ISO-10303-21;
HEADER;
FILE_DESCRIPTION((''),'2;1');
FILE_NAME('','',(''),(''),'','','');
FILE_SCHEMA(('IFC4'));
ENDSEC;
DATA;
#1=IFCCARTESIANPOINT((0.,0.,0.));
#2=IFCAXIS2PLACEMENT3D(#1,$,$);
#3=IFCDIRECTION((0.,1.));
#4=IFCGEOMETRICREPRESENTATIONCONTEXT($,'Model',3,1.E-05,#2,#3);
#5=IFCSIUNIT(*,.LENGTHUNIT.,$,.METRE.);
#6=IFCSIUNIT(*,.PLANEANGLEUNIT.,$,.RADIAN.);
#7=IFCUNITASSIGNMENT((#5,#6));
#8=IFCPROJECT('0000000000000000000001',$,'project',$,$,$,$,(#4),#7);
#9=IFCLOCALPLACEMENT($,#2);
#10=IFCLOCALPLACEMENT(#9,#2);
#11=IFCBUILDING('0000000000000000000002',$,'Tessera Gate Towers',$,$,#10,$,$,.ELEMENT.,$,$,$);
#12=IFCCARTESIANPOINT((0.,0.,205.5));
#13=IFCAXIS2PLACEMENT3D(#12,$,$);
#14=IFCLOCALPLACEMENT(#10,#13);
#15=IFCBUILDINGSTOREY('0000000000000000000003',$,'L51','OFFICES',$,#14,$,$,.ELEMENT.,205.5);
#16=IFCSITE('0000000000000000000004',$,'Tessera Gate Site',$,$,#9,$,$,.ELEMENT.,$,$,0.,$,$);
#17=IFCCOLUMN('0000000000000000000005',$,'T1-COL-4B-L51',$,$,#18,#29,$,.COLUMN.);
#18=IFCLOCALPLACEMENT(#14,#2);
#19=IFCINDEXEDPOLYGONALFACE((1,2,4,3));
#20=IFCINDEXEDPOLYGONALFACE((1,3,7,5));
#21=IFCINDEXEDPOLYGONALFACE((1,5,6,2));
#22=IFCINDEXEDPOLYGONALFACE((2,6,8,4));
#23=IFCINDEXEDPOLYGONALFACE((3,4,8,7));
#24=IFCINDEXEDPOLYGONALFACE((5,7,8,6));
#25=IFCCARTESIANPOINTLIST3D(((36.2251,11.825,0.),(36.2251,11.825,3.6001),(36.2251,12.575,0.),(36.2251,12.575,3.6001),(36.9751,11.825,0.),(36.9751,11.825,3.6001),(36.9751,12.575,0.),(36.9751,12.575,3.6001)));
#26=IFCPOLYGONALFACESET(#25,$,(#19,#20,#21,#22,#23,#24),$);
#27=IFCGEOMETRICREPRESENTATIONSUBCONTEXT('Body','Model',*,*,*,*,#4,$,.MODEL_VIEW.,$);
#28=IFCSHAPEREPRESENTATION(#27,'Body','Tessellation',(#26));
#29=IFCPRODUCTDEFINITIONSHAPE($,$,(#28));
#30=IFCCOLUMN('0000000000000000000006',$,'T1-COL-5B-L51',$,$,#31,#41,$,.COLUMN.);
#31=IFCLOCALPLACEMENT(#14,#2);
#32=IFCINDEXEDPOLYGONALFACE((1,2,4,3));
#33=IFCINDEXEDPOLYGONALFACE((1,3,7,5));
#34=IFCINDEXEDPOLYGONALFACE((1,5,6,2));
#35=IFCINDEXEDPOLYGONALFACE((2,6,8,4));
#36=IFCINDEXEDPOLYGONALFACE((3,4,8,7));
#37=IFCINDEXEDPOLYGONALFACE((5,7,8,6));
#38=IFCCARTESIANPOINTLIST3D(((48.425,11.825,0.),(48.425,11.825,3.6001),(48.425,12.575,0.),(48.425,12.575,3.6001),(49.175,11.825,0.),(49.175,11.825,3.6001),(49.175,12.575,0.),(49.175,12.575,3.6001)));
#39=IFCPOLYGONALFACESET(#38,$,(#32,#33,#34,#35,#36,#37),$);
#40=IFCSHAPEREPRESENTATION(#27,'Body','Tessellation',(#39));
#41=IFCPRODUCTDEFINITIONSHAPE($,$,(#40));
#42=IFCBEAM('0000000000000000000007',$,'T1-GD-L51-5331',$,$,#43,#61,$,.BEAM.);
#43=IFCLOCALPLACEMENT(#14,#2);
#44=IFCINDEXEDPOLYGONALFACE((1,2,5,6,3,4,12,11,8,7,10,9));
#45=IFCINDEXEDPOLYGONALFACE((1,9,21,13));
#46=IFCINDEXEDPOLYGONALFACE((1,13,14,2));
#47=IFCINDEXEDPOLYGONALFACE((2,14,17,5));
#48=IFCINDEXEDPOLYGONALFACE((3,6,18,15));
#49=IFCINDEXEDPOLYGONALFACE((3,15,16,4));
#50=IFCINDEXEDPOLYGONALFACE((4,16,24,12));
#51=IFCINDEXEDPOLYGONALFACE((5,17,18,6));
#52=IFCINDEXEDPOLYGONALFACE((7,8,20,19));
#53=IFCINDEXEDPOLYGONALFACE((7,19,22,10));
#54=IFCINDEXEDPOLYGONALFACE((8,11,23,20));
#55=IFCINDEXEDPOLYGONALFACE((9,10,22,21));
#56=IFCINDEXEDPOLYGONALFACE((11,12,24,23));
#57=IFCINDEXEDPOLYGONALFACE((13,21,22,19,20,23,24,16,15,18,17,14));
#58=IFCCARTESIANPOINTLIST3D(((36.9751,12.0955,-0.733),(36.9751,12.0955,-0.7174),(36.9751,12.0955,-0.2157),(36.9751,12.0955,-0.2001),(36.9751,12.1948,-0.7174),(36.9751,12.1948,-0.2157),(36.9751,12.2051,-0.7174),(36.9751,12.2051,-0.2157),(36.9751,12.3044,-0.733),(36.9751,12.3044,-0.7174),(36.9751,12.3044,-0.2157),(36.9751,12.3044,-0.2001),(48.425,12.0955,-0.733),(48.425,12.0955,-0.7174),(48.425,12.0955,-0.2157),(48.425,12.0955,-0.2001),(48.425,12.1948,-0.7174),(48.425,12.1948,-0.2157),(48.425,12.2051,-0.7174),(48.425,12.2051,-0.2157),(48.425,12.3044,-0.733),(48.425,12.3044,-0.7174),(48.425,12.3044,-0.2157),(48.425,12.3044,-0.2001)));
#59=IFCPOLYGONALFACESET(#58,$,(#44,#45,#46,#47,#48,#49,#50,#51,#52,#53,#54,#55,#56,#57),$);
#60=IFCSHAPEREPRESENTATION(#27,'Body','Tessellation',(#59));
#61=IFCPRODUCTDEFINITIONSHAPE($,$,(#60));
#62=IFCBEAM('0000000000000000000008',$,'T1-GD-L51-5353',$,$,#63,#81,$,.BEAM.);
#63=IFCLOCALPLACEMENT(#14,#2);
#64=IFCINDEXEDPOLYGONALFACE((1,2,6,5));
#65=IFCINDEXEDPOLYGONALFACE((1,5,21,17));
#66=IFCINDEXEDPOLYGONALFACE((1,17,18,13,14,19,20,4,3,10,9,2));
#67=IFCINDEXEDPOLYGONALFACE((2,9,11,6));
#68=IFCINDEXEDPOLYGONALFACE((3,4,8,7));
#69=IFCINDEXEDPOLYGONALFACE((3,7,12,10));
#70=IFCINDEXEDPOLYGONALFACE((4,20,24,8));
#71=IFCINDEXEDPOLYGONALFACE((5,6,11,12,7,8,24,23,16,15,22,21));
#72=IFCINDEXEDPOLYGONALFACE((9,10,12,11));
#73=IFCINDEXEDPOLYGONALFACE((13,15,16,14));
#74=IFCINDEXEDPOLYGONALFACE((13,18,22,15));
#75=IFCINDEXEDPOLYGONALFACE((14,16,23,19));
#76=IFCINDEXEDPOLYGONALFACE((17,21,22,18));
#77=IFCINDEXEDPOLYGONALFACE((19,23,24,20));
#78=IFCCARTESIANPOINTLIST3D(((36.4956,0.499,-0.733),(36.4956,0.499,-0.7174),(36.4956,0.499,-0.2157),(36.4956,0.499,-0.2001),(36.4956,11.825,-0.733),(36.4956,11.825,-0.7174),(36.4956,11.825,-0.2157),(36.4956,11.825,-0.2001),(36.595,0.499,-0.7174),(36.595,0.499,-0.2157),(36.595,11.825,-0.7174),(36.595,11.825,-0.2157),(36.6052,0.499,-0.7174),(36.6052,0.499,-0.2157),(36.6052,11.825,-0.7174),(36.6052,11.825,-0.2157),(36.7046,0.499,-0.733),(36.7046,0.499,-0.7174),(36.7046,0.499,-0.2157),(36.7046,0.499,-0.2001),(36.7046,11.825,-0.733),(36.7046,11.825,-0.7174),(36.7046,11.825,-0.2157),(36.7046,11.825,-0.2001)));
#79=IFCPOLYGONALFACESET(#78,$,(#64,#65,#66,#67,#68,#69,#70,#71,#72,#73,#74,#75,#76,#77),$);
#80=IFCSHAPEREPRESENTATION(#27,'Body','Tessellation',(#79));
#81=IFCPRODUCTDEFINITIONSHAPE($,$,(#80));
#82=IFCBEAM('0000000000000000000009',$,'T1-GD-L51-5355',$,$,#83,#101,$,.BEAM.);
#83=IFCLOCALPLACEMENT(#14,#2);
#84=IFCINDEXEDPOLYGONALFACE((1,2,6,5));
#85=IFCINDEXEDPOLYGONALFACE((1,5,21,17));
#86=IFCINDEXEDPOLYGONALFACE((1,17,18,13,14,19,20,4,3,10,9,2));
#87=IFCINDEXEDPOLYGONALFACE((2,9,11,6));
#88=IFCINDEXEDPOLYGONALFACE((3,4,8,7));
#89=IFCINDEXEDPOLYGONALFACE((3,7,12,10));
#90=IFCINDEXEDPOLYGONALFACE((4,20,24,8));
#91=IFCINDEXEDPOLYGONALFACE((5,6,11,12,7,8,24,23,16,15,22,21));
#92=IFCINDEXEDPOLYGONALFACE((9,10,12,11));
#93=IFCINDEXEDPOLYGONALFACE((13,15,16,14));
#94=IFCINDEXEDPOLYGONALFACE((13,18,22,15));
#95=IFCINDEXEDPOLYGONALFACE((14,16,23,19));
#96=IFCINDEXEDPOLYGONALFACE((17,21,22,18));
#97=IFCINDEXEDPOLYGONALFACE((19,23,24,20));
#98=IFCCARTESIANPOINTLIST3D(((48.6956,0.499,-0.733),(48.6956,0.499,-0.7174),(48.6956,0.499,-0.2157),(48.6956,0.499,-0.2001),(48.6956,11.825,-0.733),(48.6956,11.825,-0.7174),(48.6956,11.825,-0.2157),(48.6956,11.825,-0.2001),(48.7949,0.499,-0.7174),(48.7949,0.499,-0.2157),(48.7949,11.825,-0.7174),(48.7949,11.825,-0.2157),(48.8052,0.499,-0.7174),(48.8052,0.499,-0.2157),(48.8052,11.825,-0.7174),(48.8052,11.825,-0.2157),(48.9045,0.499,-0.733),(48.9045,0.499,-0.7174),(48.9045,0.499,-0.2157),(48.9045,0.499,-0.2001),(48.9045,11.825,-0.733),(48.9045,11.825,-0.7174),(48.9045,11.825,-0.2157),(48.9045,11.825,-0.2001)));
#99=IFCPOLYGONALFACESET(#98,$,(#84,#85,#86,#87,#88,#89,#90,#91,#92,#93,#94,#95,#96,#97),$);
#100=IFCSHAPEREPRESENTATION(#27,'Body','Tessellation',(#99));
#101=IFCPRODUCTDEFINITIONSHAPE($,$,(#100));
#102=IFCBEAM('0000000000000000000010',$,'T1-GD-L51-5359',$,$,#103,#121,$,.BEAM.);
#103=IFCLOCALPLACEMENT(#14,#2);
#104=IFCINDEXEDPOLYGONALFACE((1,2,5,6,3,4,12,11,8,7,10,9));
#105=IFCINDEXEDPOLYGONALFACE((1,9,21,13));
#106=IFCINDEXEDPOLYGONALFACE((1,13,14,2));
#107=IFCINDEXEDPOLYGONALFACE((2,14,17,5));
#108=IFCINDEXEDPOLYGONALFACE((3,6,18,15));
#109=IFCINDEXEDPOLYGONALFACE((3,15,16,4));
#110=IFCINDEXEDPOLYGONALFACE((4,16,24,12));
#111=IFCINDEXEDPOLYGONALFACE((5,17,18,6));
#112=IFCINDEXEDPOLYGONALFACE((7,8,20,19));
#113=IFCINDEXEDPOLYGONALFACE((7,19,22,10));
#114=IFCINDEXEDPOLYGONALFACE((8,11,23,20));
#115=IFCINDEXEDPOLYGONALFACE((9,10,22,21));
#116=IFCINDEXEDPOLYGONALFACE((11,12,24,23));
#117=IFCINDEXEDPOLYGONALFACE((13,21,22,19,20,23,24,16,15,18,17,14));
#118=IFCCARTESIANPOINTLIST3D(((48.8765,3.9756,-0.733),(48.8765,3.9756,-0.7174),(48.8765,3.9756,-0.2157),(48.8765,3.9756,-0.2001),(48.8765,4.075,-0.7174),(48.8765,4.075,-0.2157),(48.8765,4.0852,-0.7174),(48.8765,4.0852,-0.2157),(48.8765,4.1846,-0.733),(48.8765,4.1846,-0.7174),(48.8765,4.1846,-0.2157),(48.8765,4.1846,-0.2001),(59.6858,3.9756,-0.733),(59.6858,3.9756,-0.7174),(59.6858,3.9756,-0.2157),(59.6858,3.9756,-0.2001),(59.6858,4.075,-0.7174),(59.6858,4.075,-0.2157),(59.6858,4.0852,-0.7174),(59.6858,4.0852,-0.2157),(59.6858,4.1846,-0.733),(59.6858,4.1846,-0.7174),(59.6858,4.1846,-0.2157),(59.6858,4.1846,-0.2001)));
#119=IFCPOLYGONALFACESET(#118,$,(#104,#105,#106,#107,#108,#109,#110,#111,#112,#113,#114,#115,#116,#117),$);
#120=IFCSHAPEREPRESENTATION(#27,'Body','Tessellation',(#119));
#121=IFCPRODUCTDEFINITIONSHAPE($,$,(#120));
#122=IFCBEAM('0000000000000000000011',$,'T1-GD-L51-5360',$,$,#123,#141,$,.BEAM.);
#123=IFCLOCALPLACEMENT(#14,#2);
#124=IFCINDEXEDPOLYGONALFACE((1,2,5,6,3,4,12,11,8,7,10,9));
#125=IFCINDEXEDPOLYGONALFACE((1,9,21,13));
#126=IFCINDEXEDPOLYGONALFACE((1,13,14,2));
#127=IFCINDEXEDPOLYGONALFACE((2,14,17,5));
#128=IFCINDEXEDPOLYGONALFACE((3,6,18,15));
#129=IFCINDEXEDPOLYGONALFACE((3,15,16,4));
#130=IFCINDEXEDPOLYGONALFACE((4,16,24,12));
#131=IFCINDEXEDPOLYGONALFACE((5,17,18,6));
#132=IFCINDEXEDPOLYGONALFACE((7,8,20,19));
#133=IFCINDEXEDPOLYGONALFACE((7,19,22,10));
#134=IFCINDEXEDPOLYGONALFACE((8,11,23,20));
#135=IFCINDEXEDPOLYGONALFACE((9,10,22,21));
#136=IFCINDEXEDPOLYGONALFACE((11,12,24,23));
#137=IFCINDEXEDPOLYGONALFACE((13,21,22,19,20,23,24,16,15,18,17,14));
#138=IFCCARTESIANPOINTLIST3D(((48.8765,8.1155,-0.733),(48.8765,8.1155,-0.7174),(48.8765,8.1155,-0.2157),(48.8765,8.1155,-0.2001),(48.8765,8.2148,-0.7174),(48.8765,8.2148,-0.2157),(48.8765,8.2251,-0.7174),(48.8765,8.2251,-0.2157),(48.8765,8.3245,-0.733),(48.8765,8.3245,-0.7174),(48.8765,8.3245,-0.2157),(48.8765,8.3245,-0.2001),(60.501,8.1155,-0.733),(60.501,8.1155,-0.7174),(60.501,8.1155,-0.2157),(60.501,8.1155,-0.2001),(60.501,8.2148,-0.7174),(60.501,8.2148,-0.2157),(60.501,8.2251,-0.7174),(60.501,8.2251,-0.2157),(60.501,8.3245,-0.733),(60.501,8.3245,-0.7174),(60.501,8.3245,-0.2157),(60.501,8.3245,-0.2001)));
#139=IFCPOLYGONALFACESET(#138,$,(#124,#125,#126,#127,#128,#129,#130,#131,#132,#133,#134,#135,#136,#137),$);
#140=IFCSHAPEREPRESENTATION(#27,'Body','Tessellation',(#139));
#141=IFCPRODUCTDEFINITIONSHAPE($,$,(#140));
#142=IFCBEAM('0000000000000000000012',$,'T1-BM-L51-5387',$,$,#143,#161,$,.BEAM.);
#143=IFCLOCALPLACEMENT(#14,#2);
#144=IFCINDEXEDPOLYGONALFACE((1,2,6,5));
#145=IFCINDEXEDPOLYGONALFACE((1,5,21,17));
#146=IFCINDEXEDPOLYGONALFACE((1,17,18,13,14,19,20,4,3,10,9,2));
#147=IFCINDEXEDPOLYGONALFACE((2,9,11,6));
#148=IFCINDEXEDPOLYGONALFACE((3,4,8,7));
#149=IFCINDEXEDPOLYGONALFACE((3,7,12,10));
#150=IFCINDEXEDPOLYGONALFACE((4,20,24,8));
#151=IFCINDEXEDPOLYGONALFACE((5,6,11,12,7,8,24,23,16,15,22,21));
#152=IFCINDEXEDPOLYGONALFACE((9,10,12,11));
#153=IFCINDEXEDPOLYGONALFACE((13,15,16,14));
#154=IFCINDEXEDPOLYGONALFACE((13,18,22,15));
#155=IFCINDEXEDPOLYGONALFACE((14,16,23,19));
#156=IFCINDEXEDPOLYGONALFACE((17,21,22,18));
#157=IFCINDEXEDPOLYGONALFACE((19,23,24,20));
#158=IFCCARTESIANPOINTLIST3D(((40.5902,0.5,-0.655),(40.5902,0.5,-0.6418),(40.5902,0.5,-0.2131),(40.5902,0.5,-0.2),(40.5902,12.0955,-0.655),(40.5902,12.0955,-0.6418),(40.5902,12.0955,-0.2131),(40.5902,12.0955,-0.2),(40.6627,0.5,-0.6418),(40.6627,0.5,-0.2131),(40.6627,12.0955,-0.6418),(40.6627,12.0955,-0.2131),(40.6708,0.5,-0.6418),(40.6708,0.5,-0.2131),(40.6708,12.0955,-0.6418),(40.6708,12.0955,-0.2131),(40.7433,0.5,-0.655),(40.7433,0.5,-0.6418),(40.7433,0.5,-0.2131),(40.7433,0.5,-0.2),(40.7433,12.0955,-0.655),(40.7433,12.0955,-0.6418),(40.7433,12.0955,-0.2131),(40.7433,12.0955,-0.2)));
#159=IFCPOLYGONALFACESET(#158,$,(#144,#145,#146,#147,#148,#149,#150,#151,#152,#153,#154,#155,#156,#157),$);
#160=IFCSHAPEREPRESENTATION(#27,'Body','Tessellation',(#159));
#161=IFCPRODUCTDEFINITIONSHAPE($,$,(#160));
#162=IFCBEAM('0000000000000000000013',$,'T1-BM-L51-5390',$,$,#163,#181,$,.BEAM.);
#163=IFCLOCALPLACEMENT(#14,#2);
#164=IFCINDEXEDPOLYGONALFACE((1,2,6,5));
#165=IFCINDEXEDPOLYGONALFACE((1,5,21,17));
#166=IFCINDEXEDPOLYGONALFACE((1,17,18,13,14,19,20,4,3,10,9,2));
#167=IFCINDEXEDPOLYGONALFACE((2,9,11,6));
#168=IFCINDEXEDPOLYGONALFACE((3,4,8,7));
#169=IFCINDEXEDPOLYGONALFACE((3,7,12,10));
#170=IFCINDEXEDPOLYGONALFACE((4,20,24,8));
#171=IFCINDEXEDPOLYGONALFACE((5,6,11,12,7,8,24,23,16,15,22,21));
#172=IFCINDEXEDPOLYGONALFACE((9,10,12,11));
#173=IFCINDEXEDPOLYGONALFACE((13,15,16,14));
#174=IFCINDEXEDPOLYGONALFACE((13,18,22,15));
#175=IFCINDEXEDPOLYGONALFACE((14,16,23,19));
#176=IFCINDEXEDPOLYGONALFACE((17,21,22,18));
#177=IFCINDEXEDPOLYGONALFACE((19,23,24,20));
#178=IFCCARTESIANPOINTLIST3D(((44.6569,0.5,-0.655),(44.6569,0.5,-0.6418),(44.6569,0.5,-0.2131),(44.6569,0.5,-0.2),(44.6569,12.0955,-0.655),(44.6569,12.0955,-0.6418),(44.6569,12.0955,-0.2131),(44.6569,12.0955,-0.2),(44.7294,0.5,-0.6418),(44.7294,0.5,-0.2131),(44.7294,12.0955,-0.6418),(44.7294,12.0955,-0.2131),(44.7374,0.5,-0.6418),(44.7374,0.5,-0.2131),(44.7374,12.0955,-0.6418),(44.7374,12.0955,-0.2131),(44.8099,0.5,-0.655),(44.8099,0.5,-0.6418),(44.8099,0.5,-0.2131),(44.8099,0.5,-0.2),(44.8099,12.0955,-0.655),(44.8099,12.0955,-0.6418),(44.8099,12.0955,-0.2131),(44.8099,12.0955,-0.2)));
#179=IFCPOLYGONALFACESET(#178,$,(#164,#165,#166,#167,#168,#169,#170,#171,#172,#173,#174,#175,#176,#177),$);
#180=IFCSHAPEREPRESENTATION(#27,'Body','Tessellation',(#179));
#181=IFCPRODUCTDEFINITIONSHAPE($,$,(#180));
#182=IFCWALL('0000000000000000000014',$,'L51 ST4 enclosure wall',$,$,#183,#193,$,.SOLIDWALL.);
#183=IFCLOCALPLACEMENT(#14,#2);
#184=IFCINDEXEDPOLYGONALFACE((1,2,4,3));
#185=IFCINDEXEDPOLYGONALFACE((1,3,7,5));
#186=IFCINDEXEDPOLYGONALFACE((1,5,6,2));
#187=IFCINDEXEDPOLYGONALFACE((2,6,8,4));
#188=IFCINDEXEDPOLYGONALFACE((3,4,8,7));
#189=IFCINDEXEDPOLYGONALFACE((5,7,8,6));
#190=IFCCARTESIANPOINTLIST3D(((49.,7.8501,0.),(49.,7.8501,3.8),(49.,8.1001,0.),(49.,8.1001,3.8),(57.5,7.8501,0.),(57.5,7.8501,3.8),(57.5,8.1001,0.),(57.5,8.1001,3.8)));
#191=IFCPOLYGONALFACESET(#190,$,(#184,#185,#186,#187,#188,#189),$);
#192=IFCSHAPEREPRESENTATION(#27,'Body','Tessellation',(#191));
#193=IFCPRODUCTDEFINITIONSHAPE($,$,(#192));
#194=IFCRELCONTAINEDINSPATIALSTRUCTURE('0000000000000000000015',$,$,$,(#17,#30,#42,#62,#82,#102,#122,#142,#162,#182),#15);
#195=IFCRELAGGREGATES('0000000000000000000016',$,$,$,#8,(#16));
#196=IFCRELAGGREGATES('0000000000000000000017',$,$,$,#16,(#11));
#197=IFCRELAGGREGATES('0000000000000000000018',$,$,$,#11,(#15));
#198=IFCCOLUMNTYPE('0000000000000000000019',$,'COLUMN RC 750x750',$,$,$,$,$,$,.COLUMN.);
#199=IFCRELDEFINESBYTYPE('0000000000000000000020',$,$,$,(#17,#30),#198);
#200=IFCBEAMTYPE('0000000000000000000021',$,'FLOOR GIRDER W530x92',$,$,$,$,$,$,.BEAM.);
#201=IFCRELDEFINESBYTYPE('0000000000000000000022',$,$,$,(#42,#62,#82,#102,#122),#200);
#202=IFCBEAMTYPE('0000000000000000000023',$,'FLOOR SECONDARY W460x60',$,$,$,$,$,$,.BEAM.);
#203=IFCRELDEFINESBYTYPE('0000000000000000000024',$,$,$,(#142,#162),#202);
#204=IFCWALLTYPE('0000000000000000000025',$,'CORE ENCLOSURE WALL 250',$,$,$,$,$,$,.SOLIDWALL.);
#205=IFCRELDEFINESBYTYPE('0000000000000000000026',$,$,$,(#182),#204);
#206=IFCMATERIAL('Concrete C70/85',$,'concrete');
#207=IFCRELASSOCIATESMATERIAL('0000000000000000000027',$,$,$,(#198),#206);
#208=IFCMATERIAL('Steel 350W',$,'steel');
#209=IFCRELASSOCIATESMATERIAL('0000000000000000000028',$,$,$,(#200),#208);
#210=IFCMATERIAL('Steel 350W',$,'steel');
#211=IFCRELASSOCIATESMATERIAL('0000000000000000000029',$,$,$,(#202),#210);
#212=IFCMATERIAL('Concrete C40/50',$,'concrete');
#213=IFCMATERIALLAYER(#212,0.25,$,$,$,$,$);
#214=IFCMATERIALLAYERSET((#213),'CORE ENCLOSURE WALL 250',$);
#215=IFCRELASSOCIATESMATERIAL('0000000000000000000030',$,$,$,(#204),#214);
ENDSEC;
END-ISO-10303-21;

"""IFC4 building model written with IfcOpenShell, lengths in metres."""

from ifc_helpers import new_model, si_unit, direction, frame, frame_2d, origin, origin_2d, place, context, subcontext, project, spatial, rectangle, i_section, extrude, material, layer, layer_set, material_profile, profile_set, type_object, element, save


model = new_model("IFC4")

# Units and contexts
model_context = context("Model", 3, precision=1e-05, world=origin(), true_north=direction((0.0, 1.0)))
body_context = subcontext(model_context, "Body", "Model", "MODEL_VIEW")
ifc_project = project(units=[si_unit("LENGTHUNIT", "METRE"), si_unit("PLANEANGLEUNIT", "RADIAN")], contexts=[model_context])

# Site, building, storey
site_placement = place(None, origin())
site = spatial("IfcSite", under=ifc_project, at=site_placement, Name="Tessera Gate Site", CompositionType="ELEMENT", RefElevation=0.0)
building_placement = place(site_placement, origin())
building = spatial("IfcBuilding", under=site, at=building_placement, Name="Tessera Gate Towers", CompositionType="ELEMENT")
storey_placement = place(building_placement, frame((0.0, 0.0, 205.5)))
storey = spatial("IfcBuildingStorey", under=building, at=storey_placement, Name="L51", Description="OFFICES", CompositionType="ELEMENT", Elevation=205.5)

# Columns
ifc_material_1 = material(Name="Concrete C70/85", Category="concrete")
ifc_material_profile_1 = material_profile(ifc_material_1, rectangle(XDim=0.75, YDim=0.75, at=origin_2d()), Name="RC 750x750")
ifc_profile_set_1 = profile_set([ifc_material_profile_1], Name="Concrete C70/85")
column_type = type_object("IfcColumnType", Name="COLUMN RC 750x750", PredefinedType="COLUMN", material=ifc_profile_set_1)
for number, where, z_axis, x_axis, name in (
    (1, (36.6001, 12.2, 0.0), (0.0, 0.0, 1.0), (1.0, 0.0, 0.0), "T1-COL-4B-L51"),
    (2, (48.8, 12.2, 0.0), (0.0, 0.0, 1.0), (1.0, 0.0, 0.0), "T1-COL-5B-L51"),
):
    element("IfcColumn", number, at=place(storey_placement, frame(where, z_axis=z_axis, x_axis=x_axis)), inside=storey, type_object=column_type, Name=name, PredefinedType="COLUMN", context=body_context, shape_type="SweptSolid", body=[
        extrude(rectangle(XDim=0.75, YDim=0.75, at=origin_2d()), origin(), (0.0, 0.0, 1.0), 3.6001),
    ])

# Beams
ifc_material_2 = material(Name="Steel 350W", Category="steel")
ifc_material_profile_2 = material_profile(ifc_material_2, i_section(OverallWidth=0.209, OverallDepth=0.533, WebThickness=0.0103, FlangeThickness=0.0156, at=origin_2d()), Name="W530x92")
ifc_profile_set_2 = profile_set([ifc_material_profile_2], Name="Steel 350W")
beam_type_1 = type_object("IfcBeamType", Name="FLOOR GIRDER W530x92", PredefinedType="BEAM", material=ifc_profile_set_2)
beam_1_placement = place(storey_placement, frame((36.9751, 12.2, -0.4666), z_axis=(1.0, 0.0, 0.0), x_axis=(0.0, 1.0, 0.0)))
element("IfcBeam", 3, at=beam_1_placement, inside=storey, type_object=beam_type_1, Name="T1-GD-L51-5331", PredefinedType="BEAM", context=body_context, shape_type="SweptSolid", body=[
    extrude(i_section(OverallWidth=0.209, OverallDepth=0.533, WebThickness=0.0103, FlangeThickness=0.0156, at=origin_2d()), origin(), (0.0, 0.0, 1.0), 11.45),
])
for number, where, z_axis, x_axis, name in (
    (4, (36.6001, 0.499, -0.4666), (0.0, 1.0, 0.0), (-1.0, 0.0, 0.0), "T1-GD-L51-5353"),
    (5, (48.8, 0.499, -0.4666), (0.0, 1.0, 0.0), (-1.0, 0.0, 0.0), "T1-GD-L51-5355"),
):
    element("IfcBeam", number, at=place(storey_placement, frame(where, z_axis=z_axis, x_axis=x_axis)), inside=storey, type_object=beam_type_1, Name=name, PredefinedType="BEAM", context=body_context, shape_type="SweptSolid", body=[
        extrude(i_section(OverallWidth=0.209, OverallDepth=0.533, WebThickness=0.0103, FlangeThickness=0.0156, at=origin_2d()), origin(), (0.0, 0.0, 1.0), 11.3259),
    ])
beam_2_placement = place(storey_placement, frame((48.8765, 4.0801, -0.4666), z_axis=(1.0, 0.0, 0.0), x_axis=(0.0, 1.0, 0.0)))
element("IfcBeam", 6, at=beam_2_placement, inside=storey, type_object=beam_type_1, Name="T1-GD-L51-5359", PredefinedType="BEAM", context=body_context, shape_type="SweptSolid", body=[
    extrude(i_section(OverallWidth=0.209, OverallDepth=0.533, WebThickness=0.0103, FlangeThickness=0.0156, at=origin_2d()), origin(), (0.0, 0.0, 1.0), 10.8093),
])
beam_3_placement = place(storey_placement, frame((48.8765, 8.22, -0.4666), z_axis=(1.0, 0.0, 0.0), x_axis=(0.0, 1.0, 0.0)))
element("IfcBeam", 7, at=beam_3_placement, inside=storey, type_object=beam_type_1, Name="T1-GD-L51-5360", PredefinedType="BEAM", context=body_context, shape_type="SweptSolid", body=[
    extrude(i_section(OverallWidth=0.209, OverallDepth=0.533, WebThickness=0.0103, FlangeThickness=0.0156, at=origin_2d()), origin(), (0.0, 0.0, 1.0), 11.6245),
])
ifc_material_3 = material(Name="Steel 350W", Category="steel")
ifc_material_profile_3 = material_profile(ifc_material_3, i_section(OverallWidth=0.1531, OverallDepth=0.4551, WebThickness=0.0081, FlangeThickness=0.0132, at=origin_2d()), Name="W460x60")
ifc_profile_set_3 = profile_set([ifc_material_profile_3], Name="Steel 350W")
beam_type_2 = type_object("IfcBeamType", Name="FLOOR SECONDARY W460x60", PredefinedType="BEAM", material=ifc_profile_set_3)
for number, where, z_axis, x_axis, name in (
    (8, (40.6667, 0.5, -0.4275), (0.0, 1.0, 0.0), (-1.0, 0.0, 0.0), "T1-BM-L51-5387"),
    (9, (44.7334, 0.5, -0.4275), (0.0, 1.0, 0.0), (-1.0, 0.0, 0.0), "T1-BM-L51-5390"),
):
    element("IfcBeam", number, at=place(storey_placement, frame(where, z_axis=z_axis, x_axis=x_axis)), inside=storey, type_object=beam_type_2, Name=name, PredefinedType="BEAM", context=body_context, shape_type="SweptSolid", body=[
        extrude(i_section(OverallWidth=0.1531, OverallDepth=0.4551, WebThickness=0.0081, FlangeThickness=0.0132, at=origin_2d()), origin(), (0.0, 0.0, 1.0), 11.5955),
    ])

# Wall
ifc_material_4 = material(Name="Concrete C40/50", Category="concrete")
ifc_layer_1 = layer(ifc_material_4, 0.25)
ifc_layer_set_1 = layer_set([ifc_layer_1], Name="CORE ENCLOSURE WALL 250")
wall_type_1 = type_object("IfcWallType", Name="CORE ENCLOSURE WALL 250", PredefinedType="SOLIDWALL", material=ifc_layer_set_1)
wall_1_placement = place(storey_placement, frame((49.0, 7.9751, 0.0), z_axis=(0.0, 0.0, 1.0), x_axis=(1.0, 0.0, 0.0)))
element("IfcWall", 10, at=wall_1_placement, inside=storey, type_object=wall_type_1, Name="L51 ST4 enclosure wall", PredefinedType="SOLIDWALL", context=body_context, shape_type="SweptSolid", body=[
    extrude(rectangle(XDim=8.5, YDim=0.25, at=frame_2d((4.25, 0.0))), origin(), (0.0, 0.0, 1.0), 3.8),
])

save(model, "model.ifc")
